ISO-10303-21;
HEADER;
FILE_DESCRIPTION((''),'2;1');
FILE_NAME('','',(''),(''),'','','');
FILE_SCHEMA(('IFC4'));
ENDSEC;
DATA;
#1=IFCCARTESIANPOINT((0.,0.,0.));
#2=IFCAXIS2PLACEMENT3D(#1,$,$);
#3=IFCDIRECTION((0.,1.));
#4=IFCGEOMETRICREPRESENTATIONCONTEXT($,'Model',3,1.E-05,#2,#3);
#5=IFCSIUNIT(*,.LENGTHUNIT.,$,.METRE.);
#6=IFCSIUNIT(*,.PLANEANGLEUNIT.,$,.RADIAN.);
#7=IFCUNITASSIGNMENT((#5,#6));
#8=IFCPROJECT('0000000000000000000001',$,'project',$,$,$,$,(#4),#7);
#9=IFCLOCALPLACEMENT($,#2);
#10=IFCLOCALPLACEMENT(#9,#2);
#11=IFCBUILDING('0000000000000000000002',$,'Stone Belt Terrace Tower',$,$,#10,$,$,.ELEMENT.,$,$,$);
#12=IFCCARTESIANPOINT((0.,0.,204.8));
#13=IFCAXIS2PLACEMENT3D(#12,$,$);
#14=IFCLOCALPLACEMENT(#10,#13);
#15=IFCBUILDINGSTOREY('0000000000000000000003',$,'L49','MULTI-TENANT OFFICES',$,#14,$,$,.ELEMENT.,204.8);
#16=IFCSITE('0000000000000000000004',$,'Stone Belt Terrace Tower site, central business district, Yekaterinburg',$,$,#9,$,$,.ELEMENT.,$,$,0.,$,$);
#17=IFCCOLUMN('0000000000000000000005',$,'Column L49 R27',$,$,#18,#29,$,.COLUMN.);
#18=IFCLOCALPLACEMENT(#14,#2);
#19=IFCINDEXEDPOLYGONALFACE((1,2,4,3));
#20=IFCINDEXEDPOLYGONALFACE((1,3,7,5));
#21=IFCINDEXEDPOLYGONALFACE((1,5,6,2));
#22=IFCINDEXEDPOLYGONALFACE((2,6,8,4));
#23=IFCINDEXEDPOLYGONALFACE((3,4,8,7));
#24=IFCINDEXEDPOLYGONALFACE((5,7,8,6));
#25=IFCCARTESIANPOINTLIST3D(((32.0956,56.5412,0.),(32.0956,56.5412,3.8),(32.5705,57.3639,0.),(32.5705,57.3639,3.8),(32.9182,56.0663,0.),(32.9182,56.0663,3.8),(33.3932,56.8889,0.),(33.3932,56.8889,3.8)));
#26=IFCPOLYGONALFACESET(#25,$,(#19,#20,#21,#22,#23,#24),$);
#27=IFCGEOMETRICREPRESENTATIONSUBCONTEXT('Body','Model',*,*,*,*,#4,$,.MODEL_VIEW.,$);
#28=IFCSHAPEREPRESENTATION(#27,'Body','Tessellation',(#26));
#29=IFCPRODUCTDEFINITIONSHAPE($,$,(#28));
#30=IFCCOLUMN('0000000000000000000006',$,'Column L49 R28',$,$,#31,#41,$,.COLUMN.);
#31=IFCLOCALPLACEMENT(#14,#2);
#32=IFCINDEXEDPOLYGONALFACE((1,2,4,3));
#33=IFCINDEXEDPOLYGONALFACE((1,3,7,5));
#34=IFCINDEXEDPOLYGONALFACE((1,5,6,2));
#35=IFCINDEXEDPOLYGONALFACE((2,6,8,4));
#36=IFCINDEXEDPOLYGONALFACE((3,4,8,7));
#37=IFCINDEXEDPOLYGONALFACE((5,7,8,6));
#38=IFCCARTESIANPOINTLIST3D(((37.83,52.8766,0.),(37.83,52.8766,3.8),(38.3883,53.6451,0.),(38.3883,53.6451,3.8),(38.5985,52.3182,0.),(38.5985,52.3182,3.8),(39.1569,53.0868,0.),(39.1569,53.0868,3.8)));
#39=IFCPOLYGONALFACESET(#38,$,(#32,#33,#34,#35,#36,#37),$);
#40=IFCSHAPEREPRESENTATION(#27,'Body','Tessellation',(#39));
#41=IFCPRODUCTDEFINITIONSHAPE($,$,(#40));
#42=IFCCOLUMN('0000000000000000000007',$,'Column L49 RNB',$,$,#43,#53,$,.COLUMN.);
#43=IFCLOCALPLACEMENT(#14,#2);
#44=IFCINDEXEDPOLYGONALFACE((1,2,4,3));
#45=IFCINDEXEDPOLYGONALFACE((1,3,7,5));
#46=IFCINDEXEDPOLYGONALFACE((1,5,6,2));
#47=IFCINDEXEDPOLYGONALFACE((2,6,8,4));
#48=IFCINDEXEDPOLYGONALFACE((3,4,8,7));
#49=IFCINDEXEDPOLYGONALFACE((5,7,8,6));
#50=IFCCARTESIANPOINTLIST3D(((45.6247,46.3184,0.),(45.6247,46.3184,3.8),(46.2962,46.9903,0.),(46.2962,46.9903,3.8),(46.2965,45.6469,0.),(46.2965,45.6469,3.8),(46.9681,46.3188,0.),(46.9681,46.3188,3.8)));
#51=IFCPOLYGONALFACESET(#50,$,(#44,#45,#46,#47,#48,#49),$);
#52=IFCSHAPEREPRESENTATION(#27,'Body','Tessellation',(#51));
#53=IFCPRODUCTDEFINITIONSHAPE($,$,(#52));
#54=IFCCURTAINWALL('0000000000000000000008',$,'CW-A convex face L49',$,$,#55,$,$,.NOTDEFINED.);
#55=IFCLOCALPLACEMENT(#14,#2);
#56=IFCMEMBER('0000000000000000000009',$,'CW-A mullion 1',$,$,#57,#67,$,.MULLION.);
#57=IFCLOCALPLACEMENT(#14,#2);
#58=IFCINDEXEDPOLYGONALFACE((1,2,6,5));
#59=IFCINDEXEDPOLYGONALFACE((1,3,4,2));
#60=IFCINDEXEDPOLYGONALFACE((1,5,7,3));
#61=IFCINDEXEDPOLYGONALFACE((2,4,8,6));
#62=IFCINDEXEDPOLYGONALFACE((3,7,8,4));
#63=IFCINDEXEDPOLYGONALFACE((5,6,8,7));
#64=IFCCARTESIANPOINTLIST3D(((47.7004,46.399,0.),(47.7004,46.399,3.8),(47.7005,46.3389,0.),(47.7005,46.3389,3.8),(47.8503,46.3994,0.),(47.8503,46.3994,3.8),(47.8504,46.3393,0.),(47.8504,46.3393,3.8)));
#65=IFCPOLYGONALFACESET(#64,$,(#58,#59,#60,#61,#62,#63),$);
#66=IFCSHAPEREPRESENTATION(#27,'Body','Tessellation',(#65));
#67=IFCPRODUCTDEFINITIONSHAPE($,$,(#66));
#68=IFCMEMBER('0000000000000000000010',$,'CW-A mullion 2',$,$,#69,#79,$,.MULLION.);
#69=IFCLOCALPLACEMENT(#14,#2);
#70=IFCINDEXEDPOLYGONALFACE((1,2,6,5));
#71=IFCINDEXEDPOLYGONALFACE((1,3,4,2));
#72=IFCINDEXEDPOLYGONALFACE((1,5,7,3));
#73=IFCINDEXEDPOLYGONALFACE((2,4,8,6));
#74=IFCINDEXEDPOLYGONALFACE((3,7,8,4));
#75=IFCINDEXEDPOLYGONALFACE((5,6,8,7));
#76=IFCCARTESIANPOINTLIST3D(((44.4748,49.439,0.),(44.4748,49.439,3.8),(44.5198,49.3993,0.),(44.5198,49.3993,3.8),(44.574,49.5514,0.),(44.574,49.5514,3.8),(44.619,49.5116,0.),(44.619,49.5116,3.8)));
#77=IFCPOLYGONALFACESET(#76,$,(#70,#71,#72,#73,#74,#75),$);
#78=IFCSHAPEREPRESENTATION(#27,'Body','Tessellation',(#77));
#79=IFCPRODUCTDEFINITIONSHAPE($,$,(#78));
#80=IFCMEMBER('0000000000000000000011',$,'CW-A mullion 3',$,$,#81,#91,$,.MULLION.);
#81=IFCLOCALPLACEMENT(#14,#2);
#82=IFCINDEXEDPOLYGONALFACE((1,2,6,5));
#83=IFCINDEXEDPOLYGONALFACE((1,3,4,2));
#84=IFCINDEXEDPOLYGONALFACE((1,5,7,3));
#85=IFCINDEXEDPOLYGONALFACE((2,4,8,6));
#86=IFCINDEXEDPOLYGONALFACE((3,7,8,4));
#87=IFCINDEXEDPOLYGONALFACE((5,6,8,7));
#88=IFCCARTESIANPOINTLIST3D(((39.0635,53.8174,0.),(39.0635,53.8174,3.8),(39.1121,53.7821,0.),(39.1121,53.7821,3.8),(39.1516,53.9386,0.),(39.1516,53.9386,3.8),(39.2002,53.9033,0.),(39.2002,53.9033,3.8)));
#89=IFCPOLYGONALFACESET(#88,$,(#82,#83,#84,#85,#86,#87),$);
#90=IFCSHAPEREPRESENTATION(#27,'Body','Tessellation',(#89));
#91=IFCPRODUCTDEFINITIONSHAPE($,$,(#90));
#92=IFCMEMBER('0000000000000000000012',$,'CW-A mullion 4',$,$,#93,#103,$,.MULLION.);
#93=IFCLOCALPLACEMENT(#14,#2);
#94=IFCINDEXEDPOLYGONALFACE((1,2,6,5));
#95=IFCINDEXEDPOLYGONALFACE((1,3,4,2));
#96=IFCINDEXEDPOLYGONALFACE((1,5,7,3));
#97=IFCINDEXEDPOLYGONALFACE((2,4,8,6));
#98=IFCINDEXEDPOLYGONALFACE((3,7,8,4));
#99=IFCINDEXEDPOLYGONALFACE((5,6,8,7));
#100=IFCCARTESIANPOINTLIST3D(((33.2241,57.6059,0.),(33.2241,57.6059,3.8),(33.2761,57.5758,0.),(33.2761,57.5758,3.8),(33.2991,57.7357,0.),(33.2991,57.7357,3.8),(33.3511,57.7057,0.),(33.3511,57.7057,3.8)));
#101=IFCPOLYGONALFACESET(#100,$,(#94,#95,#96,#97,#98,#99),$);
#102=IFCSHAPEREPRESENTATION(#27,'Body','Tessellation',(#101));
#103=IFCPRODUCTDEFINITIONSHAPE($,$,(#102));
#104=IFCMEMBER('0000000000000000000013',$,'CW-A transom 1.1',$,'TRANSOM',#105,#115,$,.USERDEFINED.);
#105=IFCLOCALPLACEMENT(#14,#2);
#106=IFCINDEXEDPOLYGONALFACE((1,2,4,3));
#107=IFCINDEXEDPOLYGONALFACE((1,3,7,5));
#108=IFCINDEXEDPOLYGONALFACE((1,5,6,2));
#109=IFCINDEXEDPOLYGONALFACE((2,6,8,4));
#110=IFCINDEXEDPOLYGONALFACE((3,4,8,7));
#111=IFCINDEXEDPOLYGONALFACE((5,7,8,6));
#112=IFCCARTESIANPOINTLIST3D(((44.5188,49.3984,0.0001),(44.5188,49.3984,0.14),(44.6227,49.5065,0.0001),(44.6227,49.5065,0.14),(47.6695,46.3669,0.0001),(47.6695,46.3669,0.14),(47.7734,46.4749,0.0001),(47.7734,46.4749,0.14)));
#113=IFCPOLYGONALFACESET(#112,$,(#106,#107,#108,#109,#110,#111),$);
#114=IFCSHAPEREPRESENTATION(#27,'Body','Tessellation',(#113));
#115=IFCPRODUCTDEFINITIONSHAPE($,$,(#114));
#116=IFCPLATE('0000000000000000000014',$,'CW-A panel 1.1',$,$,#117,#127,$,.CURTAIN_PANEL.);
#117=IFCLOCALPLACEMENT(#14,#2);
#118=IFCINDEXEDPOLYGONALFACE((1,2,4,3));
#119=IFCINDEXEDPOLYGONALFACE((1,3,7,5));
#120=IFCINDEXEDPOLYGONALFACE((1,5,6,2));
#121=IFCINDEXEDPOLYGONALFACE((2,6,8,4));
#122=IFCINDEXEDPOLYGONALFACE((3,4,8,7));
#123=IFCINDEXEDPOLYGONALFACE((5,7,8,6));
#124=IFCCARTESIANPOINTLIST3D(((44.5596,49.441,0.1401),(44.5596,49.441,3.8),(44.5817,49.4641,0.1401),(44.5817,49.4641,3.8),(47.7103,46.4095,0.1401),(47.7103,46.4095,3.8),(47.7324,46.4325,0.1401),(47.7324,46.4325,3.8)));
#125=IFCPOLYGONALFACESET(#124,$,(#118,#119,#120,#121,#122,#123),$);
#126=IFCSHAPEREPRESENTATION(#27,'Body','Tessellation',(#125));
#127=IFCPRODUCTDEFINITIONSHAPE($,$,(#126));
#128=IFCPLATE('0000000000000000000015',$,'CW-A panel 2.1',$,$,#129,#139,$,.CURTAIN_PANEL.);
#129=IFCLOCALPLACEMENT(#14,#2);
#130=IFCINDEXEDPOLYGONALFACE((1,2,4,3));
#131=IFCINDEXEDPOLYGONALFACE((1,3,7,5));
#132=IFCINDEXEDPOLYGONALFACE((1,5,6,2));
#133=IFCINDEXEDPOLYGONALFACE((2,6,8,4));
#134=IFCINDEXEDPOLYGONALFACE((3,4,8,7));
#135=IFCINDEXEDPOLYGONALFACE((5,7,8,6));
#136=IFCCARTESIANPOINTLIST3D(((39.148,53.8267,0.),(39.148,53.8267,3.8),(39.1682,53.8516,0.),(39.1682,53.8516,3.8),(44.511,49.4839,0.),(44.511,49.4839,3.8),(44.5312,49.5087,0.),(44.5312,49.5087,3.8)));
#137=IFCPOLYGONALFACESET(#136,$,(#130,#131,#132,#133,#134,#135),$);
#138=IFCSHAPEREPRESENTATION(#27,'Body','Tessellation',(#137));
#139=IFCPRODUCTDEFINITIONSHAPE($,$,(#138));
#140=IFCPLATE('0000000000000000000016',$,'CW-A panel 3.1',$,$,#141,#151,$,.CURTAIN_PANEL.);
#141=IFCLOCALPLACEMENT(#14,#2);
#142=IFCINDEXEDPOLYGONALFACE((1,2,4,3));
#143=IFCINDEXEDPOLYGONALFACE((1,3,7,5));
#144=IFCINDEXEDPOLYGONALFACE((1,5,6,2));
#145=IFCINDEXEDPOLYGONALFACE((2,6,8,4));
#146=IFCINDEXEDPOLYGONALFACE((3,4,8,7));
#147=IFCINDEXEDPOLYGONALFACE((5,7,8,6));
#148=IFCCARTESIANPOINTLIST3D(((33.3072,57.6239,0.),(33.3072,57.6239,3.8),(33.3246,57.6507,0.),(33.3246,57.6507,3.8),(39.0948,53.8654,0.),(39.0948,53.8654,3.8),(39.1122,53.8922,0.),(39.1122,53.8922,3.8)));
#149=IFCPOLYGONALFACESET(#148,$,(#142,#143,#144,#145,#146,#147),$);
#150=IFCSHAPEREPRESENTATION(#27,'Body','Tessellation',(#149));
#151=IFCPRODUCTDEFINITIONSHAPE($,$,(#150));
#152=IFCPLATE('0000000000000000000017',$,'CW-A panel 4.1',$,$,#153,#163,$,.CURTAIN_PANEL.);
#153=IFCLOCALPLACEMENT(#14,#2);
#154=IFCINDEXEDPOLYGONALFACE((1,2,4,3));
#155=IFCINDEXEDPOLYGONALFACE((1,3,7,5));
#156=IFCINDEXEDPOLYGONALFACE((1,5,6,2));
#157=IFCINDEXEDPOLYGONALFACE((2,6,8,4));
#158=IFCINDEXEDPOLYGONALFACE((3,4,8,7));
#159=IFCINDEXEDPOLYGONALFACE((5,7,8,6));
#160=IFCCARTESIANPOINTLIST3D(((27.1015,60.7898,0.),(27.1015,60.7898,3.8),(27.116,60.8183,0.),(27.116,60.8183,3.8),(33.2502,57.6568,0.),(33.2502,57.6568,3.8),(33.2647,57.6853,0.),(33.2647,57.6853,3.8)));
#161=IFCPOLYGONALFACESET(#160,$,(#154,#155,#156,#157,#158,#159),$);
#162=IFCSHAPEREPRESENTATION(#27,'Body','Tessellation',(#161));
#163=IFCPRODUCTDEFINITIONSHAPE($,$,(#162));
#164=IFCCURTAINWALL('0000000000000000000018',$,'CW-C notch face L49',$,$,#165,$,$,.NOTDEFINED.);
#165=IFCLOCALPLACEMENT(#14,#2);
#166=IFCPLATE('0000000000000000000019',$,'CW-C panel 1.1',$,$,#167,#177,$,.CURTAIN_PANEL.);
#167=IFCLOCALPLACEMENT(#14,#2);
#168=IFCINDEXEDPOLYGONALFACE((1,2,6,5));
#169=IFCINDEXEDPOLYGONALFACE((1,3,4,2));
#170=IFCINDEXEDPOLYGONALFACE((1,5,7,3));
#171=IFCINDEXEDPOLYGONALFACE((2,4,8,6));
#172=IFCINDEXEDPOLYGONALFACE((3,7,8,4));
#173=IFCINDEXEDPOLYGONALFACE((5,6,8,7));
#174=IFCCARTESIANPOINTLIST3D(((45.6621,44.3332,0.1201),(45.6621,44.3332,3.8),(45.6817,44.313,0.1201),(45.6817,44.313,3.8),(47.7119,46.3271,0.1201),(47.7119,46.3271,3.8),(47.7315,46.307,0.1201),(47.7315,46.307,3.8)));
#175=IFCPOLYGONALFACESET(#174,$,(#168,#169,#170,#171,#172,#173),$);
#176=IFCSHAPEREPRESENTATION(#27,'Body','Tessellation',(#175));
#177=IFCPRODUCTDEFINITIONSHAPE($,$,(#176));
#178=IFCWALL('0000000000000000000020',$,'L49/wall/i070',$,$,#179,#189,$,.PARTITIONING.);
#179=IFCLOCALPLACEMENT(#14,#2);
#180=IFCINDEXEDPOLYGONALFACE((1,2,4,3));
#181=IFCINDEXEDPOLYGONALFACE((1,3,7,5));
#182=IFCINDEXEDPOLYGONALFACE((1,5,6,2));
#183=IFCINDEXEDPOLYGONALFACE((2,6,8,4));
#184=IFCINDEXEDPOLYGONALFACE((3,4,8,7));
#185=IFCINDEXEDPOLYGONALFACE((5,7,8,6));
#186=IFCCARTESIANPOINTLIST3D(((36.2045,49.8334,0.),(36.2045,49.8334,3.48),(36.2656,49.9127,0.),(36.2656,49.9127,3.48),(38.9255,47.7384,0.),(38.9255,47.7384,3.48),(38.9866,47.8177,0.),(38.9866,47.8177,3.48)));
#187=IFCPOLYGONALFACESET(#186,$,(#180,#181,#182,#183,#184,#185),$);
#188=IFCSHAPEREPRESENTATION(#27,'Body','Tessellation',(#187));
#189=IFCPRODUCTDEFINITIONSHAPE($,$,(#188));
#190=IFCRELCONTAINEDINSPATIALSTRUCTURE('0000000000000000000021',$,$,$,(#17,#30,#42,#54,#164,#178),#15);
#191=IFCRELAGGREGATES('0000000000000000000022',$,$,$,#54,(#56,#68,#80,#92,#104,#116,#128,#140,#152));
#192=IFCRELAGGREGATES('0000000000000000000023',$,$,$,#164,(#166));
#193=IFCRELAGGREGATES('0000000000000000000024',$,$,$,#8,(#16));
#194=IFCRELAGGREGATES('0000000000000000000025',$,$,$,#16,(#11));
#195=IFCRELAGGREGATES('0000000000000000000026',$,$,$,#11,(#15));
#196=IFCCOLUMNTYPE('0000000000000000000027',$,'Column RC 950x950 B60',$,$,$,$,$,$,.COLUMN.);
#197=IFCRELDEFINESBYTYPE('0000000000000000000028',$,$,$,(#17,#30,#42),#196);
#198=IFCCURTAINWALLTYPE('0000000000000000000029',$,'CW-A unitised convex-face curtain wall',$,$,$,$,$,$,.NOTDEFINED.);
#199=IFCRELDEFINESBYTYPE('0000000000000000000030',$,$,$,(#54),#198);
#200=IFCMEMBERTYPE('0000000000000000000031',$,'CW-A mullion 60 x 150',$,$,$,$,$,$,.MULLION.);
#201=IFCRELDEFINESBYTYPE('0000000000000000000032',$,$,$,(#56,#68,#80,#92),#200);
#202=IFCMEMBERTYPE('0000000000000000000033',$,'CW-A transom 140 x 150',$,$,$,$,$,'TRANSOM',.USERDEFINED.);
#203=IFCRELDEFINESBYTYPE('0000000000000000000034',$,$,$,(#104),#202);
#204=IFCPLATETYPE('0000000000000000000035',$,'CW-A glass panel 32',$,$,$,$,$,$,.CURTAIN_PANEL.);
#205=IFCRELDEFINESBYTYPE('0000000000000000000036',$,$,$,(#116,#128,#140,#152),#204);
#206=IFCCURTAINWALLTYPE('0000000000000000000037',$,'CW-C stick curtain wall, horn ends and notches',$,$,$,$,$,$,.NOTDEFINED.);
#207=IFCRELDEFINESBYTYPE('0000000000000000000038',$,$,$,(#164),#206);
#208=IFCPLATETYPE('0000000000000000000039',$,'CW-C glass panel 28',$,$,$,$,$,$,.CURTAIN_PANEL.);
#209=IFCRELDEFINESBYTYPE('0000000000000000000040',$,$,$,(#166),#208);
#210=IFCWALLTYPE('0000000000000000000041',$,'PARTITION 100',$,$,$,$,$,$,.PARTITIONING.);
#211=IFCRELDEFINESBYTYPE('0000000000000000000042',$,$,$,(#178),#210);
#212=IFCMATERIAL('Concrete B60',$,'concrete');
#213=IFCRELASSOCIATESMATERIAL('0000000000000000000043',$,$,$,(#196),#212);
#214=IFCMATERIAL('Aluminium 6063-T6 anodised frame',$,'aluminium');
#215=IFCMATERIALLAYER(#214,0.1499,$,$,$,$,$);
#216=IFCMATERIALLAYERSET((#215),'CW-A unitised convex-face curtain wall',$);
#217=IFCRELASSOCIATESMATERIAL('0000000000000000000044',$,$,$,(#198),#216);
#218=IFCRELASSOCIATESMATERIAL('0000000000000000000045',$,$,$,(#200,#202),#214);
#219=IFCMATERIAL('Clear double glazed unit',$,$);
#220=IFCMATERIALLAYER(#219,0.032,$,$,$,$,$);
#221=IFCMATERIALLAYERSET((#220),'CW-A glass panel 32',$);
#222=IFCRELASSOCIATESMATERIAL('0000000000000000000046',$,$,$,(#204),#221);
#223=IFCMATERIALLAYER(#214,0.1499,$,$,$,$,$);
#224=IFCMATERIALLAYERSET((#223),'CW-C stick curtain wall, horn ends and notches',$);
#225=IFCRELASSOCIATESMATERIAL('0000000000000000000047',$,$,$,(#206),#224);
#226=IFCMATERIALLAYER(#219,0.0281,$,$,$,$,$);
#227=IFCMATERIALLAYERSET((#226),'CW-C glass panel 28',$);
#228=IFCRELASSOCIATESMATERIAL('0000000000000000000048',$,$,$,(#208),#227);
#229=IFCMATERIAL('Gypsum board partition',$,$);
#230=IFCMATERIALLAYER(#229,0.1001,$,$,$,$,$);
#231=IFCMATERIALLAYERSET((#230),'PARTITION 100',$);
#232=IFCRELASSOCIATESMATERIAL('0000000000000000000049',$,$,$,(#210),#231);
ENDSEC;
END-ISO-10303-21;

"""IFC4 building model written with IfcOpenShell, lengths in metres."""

from ifc_helpers import new_model, si_unit, direction, frame, frame_2d, origin, origin_2d, place, context, subcontext, project, spatial, rectangle, extrude, material, layer, layer_set, material_profile, profile_set, type_object, element, aggregate, save


model = new_model("IFC4")

# Units and contexts
model_context = context("Model", 3, precision=1e-05, world=origin(), true_north=direction((0.0, 1.0)))
body_context = subcontext(model_context, "Body", "Model", "MODEL_VIEW")
ifc_project = project(units=[si_unit("LENGTHUNIT", "METRE"), si_unit("PLANEANGLEUNIT", "RADIAN")], contexts=[model_context])

# Site, building, storey
site_placement = place(None, origin())
site = spatial("IfcSite", under=ifc_project, at=site_placement, Name="Stone Belt Terrace Tower site, central business district, Yekaterinburg", CompositionType="ELEMENT", RefElevation=0.0)
building_placement = place(site_placement, origin())
building = spatial("IfcBuilding", under=site, at=building_placement, Name="Stone Belt Terrace Tower", CompositionType="ELEMENT")
storey_placement = place(building_placement, frame((0.0, 0.0, 204.8)))
storey = spatial("IfcBuildingStorey", under=building, at=storey_placement, Name="L49", Description="MULTI-TENANT OFFICES", CompositionType="ELEMENT", Elevation=204.8)

# Columns
ifc_material_1 = material(Name="Concrete B60", Category="concrete")
ifc_material_profile_1 = material_profile(ifc_material_1, rectangle(XDim=0.95, YDim=0.95, at=origin_2d()), Name="RC 950x950")
ifc_profile_set_1 = profile_set([ifc_material_profile_1], Name="Concrete B60")
column_type = type_object("IfcColumnType", Name="Column RC 950x950 B60", PredefinedType="COLUMN", material=ifc_profile_set_1)
for number, where, z_axis, x_axis, name in (
    (1, (32.7444, 56.7151, 0.0), (0.0, 0.0, 1.0), (0.866025, -0.5, 0.0), "Column L49 R27"),
    (2, (38.4934, 52.9817, 0.0), (0.0, 0.0, 1.0), (0.809017, -0.587785, 0.0), "Column L49 R28"),
    (3, (46.2964, 46.3186, 0.0), (0.0, 0.0, 1.0), (0.707276, -0.706938, 0.0), "Column L49 RNB"),
):
    element("IfcColumn", number, at=place(storey_placement, frame(where, z_axis=z_axis, x_axis=x_axis)), inside=storey, type_object=column_type, Name=name, PredefinedType="COLUMN", context=body_context, shape_type="SweptSolid", body=[
        extrude(rectangle(XDim=0.95, YDim=0.95, at=origin_2d()), origin(), (0.0, 0.0, 1.0), 3.8),
    ])

# Curtain wall, members, plates
ifc_material_2 = material(Name="Aluminium 6063-T6 anodised frame", Category="aluminium")
ifc_layer_1 = layer(ifc_material_2, 0.1499)
ifc_layer_set_1 = layer_set([ifc_layer_1], Name="CW-A unitised convex-face curtain wall")
curtain_wall_type_1 = type_object("IfcCurtainWallType", Name="CW-A unitised convex-face curtain wall", PredefinedType="NOTDEFINED", material=ifc_layer_set_1)
curtain_wall_1_placement = place(storey_placement, origin())
curtain_wall_1 = element("IfcCurtainWall", 4, at=curtain_wall_1_placement, inside=storey, type_object=curtain_wall_type_1, Name="CW-A convex face L49", PredefinedType="NOTDEFINED")
ifc_material_profile_2 = material_profile(ifc_material_2, rectangle(XDim=0.1499, YDim=0.0601, at=origin_2d()), Name="Aluminium 6063-T6 60x150")
ifc_profile_set_2 = profile_set([ifc_material_profile_2], Name="Aluminium 6063-T6 anodised frame")
member_type_1 = type_object("IfcMemberType", Name="CW-A mullion 60 x 150", PredefinedType="MULLION", material=ifc_profile_set_2)
member_1_placement = place(storey_placement, frame((47.7754, 46.3691, 0.0), z_axis=(0.0, 0.0, 1.0), x_axis=(-0.999996, -0.002733, 0.0)))
member_1 = element("IfcMember", 5, at=member_1_placement, type_object=member_type_1, Name="CW-A mullion 1", PredefinedType="MULLION", context=body_context, shape_type="SweptSolid", body=[
    extrude(rectangle(XDim=0.1499, YDim=0.0601, at=origin_2d()), origin(), (0.0, 0.0, 1.0), 3.8),
])
member_2_placement = place(storey_placement, frame((44.5469, 49.4753, 0.0), z_axis=(0.0, 0.0, 1.0), x_axis=(-0.661937, -0.749559, 0.0)))
member_2 = element("IfcMember", 6, at=member_2_placement, type_object=member_type_1, Name="CW-A mullion 2", PredefinedType="MULLION", context=body_context, shape_type="SweptSolid", body=[
    extrude(rectangle(XDim=0.1499, YDim=0.0601, at=origin_2d()), origin(), (0.0, 0.0, 1.0), 3.8),
])
member_3_placement = place(storey_placement, frame((39.1318, 53.8604, 0.0), z_axis=(0.0, 0.0, 1.0), x_axis=(-0.587785, -0.809017, 0.0)))
member_3 = element("IfcMember", 7, at=member_3_placement, type_object=member_type_1, Name="CW-A mullion 3", PredefinedType="MULLION", context=body_context, shape_type="SweptSolid", body=[
    extrude(rectangle(XDim=0.1499, YDim=0.0601, at=origin_2d()), origin(), (0.0, 0.0, 1.0), 3.8),
])
member_4_placement = place(storey_placement, frame((33.2876, 57.6558, 0.0), z_axis=(0.0, 0.0, 1.0), x_axis=(-0.5, -0.866025, 0.0)))
member_4 = element("IfcMember", 8, at=member_4_placement, type_object=member_type_1, Name="CW-A mullion 4", PredefinedType="MULLION", context=body_context, shape_type="SweptSolid", body=[
    extrude(rectangle(XDim=0.1499, YDim=0.0601, at=origin_2d()), origin(), (0.0, 0.0, 1.0), 3.8),
])
ifc_material_profile_3 = material_profile(ifc_material_2, rectangle(XDim=0.1499, YDim=0.1399, at=origin_2d()), Name="Aluminium 6063-T6 150x140")
ifc_profile_set_3 = profile_set([ifc_material_profile_3], Name="Aluminium 6063-T6 anodised frame")
member_type_2 = type_object("IfcMemberType", Name="CW-A transom 140 x 150", ElementType="TRANSOM", PredefinedType="USERDEFINED", material=ifc_profile_set_3)
member_5_placement = place(storey_placement, frame((47.7214, 46.4209, 0.0701), z_axis=(-0.7206, 0.693351, 0.0), x_axis=(-0.693351, -0.7206, 0.0)))
member_5 = element("IfcMember", 9, at=member_5_placement, type_object=member_type_2, Name="CW-A transom 1.1", ObjectType="TRANSOM", PredefinedType="USERDEFINED", context=body_context, shape_type="SweptSolid", body=[
    extrude(rectangle(XDim=0.1499, YDim=0.1399, at=origin_2d()), origin(), (0.0, 0.0, 1.0), 4.3723),
])
ifc_material_3 = material(Name="Clear double glazed unit")
ifc_layer_2 = layer(ifc_material_3, 0.032)
ifc_layer_set_2 = layer_set([ifc_layer_2], Name="CW-A glass panel 32")
plate_type_1 = type_object("IfcPlateType", Name="CW-A glass panel 32", PredefinedType="CURTAIN_PANEL", material=ifc_layer_set_2)
plate_1_placement = place(storey_placement, frame((46.146, 47.9368, 0.1401), z_axis=(0.0, 0.0, 1.0), x_axis=(-0.720604, 0.693346, 0.0)))
plate_1 = element("IfcPlate", 10, at=plate_1_placement, type_object=plate_type_1, Name="CW-A panel 1.1", PredefinedType="CURTAIN_PANEL", context=body_context, shape_type="SweptSolid", body=[
    extrude(rectangle(XDim=4.3723, YDim=0.032, at=origin_2d()), origin(), (0.0, 0.0, 1.0), 3.6599),
])
plate_2_placement = place(storey_placement, frame((41.8396, 51.6677, 0.0), z_axis=(0.0, 0.0, 1.0), x_axis=(-0.777146, 0.62932, 0.0)))
plate_2 = element("IfcPlate", 11, at=plate_2_placement, type_object=plate_type_1, Name="CW-A panel 2.1", PredefinedType="CURTAIN_PANEL", context=body_context, shape_type="SweptSolid", body=[
    extrude(rectangle(XDim=6.9009, YDim=0.032, at=origin_2d()), origin(), (0.0, 0.0, 1.0), 3.8),
])
plate_3_placement = place(storey_placement, frame((36.2097, 55.7581, 0.0), z_axis=(0.0, 0.0, 1.0), x_axis=(-0.838671, 0.544639, 0.0)))
plate_3 = element("IfcPlate", 12, at=plate_3_placement, type_object=plate_type_1, Name="CW-A panel 3.1", PredefinedType="CURTAIN_PANEL", context=body_context, shape_type="SweptSolid", body=[
    extrude(rectangle(XDim=6.9009, YDim=0.032, at=origin_2d()), origin(), (0.0, 0.0, 1.0), 3.8),
])
plate_4_placement = place(storey_placement, frame((30.1831, 59.2375, 0.0), z_axis=(0.0, 0.0, 1.0), x_axis=(-0.891007, 0.45399, 0.0)))
plate_4 = element("IfcPlate", 13, at=plate_4_placement, type_object=plate_type_1, Name="CW-A panel 4.1", PredefinedType="CURTAIN_PANEL", context=body_context, shape_type="SweptSolid", body=[
    extrude(rectangle(XDim=6.9009, YDim=0.032, at=origin_2d()), origin(), (0.0, 0.0, 1.0), 3.8),
])
aggregate(curtain_wall_1, [member_1, member_2, member_3, member_4, member_5, plate_1, plate_2, plate_3, plate_4])

# Curtain wall, plate
ifc_layer_3 = layer(ifc_material_2, 0.1499)
ifc_layer_set_3 = layer_set([ifc_layer_3], Name="CW-C stick curtain wall, horn ends and notches")
curtain_wall_type_2 = type_object("IfcCurtainWallType", Name="CW-C stick curtain wall, horn ends and notches", PredefinedType="NOTDEFINED", material=ifc_layer_set_3)
curtain_wall_2_placement = place(storey_placement, origin())
curtain_wall_2 = element("IfcCurtainWall", 14, at=curtain_wall_2_placement, inside=storey, type_object=curtain_wall_type_2, Name="CW-C notch face L49", PredefinedType="NOTDEFINED")
ifc_layer_4 = layer(ifc_material_3, 0.0281)
ifc_layer_set_4 = layer_set([ifc_layer_4], Name="CW-C glass panel 28")
plate_type_2 = type_object("IfcPlateType", Name="CW-C glass panel 28", PredefinedType="CURTAIN_PANEL", material=ifc_layer_set_4)
plate_5_placement = place(storey_placement, frame((46.6968, 45.3201, 0.1201), z_axis=(0.0, 0.0, 1.0), x_axis=(0.716803, 0.697275, 0.0)))
plate_5 = element("IfcPlate", 15, at=plate_5_placement, type_object=plate_type_2, Name="CW-C panel 1.1", PredefinedType="CURTAIN_PANEL", context=body_context, shape_type="SweptSolid", body=[
    extrude(rectangle(XDim=2.8596, YDim=0.0281, at=origin_2d()), origin(), (0.0, 0.0, 1.0), 3.6799),
])
aggregate(curtain_wall_2, [plate_5])

# Wall
ifc_material_4 = material(Name="Gypsum board partition")
ifc_layer_5 = layer(ifc_material_4, 0.1001)
ifc_layer_set_5 = layer_set([ifc_layer_5], Name="PARTITION 100")
wall_type_1 = type_object("IfcWallType", Name="PARTITION 100", PredefinedType="PARTITIONING", material=ifc_layer_set_5)
wall_1_placement = place(storey_placement, frame((38.9561, 47.7781, 0.0), z_axis=(0.0, 0.0, 1.0), x_axis=(-0.792352, 0.610065, 0.0)))
element("IfcWall", 16, at=wall_1_placement, inside=storey, type_object=wall_type_1, Name="L49/wall/i070", PredefinedType="PARTITIONING", context=body_context, shape_type="SweptSolid", body=[
    extrude(rectangle(XDim=3.4341, YDim=0.1001, at=frame_2d((1.717, 0.0))), origin(), (0.0, 0.0, 1.0), 3.48),
])

save(model, "model.ifc")
